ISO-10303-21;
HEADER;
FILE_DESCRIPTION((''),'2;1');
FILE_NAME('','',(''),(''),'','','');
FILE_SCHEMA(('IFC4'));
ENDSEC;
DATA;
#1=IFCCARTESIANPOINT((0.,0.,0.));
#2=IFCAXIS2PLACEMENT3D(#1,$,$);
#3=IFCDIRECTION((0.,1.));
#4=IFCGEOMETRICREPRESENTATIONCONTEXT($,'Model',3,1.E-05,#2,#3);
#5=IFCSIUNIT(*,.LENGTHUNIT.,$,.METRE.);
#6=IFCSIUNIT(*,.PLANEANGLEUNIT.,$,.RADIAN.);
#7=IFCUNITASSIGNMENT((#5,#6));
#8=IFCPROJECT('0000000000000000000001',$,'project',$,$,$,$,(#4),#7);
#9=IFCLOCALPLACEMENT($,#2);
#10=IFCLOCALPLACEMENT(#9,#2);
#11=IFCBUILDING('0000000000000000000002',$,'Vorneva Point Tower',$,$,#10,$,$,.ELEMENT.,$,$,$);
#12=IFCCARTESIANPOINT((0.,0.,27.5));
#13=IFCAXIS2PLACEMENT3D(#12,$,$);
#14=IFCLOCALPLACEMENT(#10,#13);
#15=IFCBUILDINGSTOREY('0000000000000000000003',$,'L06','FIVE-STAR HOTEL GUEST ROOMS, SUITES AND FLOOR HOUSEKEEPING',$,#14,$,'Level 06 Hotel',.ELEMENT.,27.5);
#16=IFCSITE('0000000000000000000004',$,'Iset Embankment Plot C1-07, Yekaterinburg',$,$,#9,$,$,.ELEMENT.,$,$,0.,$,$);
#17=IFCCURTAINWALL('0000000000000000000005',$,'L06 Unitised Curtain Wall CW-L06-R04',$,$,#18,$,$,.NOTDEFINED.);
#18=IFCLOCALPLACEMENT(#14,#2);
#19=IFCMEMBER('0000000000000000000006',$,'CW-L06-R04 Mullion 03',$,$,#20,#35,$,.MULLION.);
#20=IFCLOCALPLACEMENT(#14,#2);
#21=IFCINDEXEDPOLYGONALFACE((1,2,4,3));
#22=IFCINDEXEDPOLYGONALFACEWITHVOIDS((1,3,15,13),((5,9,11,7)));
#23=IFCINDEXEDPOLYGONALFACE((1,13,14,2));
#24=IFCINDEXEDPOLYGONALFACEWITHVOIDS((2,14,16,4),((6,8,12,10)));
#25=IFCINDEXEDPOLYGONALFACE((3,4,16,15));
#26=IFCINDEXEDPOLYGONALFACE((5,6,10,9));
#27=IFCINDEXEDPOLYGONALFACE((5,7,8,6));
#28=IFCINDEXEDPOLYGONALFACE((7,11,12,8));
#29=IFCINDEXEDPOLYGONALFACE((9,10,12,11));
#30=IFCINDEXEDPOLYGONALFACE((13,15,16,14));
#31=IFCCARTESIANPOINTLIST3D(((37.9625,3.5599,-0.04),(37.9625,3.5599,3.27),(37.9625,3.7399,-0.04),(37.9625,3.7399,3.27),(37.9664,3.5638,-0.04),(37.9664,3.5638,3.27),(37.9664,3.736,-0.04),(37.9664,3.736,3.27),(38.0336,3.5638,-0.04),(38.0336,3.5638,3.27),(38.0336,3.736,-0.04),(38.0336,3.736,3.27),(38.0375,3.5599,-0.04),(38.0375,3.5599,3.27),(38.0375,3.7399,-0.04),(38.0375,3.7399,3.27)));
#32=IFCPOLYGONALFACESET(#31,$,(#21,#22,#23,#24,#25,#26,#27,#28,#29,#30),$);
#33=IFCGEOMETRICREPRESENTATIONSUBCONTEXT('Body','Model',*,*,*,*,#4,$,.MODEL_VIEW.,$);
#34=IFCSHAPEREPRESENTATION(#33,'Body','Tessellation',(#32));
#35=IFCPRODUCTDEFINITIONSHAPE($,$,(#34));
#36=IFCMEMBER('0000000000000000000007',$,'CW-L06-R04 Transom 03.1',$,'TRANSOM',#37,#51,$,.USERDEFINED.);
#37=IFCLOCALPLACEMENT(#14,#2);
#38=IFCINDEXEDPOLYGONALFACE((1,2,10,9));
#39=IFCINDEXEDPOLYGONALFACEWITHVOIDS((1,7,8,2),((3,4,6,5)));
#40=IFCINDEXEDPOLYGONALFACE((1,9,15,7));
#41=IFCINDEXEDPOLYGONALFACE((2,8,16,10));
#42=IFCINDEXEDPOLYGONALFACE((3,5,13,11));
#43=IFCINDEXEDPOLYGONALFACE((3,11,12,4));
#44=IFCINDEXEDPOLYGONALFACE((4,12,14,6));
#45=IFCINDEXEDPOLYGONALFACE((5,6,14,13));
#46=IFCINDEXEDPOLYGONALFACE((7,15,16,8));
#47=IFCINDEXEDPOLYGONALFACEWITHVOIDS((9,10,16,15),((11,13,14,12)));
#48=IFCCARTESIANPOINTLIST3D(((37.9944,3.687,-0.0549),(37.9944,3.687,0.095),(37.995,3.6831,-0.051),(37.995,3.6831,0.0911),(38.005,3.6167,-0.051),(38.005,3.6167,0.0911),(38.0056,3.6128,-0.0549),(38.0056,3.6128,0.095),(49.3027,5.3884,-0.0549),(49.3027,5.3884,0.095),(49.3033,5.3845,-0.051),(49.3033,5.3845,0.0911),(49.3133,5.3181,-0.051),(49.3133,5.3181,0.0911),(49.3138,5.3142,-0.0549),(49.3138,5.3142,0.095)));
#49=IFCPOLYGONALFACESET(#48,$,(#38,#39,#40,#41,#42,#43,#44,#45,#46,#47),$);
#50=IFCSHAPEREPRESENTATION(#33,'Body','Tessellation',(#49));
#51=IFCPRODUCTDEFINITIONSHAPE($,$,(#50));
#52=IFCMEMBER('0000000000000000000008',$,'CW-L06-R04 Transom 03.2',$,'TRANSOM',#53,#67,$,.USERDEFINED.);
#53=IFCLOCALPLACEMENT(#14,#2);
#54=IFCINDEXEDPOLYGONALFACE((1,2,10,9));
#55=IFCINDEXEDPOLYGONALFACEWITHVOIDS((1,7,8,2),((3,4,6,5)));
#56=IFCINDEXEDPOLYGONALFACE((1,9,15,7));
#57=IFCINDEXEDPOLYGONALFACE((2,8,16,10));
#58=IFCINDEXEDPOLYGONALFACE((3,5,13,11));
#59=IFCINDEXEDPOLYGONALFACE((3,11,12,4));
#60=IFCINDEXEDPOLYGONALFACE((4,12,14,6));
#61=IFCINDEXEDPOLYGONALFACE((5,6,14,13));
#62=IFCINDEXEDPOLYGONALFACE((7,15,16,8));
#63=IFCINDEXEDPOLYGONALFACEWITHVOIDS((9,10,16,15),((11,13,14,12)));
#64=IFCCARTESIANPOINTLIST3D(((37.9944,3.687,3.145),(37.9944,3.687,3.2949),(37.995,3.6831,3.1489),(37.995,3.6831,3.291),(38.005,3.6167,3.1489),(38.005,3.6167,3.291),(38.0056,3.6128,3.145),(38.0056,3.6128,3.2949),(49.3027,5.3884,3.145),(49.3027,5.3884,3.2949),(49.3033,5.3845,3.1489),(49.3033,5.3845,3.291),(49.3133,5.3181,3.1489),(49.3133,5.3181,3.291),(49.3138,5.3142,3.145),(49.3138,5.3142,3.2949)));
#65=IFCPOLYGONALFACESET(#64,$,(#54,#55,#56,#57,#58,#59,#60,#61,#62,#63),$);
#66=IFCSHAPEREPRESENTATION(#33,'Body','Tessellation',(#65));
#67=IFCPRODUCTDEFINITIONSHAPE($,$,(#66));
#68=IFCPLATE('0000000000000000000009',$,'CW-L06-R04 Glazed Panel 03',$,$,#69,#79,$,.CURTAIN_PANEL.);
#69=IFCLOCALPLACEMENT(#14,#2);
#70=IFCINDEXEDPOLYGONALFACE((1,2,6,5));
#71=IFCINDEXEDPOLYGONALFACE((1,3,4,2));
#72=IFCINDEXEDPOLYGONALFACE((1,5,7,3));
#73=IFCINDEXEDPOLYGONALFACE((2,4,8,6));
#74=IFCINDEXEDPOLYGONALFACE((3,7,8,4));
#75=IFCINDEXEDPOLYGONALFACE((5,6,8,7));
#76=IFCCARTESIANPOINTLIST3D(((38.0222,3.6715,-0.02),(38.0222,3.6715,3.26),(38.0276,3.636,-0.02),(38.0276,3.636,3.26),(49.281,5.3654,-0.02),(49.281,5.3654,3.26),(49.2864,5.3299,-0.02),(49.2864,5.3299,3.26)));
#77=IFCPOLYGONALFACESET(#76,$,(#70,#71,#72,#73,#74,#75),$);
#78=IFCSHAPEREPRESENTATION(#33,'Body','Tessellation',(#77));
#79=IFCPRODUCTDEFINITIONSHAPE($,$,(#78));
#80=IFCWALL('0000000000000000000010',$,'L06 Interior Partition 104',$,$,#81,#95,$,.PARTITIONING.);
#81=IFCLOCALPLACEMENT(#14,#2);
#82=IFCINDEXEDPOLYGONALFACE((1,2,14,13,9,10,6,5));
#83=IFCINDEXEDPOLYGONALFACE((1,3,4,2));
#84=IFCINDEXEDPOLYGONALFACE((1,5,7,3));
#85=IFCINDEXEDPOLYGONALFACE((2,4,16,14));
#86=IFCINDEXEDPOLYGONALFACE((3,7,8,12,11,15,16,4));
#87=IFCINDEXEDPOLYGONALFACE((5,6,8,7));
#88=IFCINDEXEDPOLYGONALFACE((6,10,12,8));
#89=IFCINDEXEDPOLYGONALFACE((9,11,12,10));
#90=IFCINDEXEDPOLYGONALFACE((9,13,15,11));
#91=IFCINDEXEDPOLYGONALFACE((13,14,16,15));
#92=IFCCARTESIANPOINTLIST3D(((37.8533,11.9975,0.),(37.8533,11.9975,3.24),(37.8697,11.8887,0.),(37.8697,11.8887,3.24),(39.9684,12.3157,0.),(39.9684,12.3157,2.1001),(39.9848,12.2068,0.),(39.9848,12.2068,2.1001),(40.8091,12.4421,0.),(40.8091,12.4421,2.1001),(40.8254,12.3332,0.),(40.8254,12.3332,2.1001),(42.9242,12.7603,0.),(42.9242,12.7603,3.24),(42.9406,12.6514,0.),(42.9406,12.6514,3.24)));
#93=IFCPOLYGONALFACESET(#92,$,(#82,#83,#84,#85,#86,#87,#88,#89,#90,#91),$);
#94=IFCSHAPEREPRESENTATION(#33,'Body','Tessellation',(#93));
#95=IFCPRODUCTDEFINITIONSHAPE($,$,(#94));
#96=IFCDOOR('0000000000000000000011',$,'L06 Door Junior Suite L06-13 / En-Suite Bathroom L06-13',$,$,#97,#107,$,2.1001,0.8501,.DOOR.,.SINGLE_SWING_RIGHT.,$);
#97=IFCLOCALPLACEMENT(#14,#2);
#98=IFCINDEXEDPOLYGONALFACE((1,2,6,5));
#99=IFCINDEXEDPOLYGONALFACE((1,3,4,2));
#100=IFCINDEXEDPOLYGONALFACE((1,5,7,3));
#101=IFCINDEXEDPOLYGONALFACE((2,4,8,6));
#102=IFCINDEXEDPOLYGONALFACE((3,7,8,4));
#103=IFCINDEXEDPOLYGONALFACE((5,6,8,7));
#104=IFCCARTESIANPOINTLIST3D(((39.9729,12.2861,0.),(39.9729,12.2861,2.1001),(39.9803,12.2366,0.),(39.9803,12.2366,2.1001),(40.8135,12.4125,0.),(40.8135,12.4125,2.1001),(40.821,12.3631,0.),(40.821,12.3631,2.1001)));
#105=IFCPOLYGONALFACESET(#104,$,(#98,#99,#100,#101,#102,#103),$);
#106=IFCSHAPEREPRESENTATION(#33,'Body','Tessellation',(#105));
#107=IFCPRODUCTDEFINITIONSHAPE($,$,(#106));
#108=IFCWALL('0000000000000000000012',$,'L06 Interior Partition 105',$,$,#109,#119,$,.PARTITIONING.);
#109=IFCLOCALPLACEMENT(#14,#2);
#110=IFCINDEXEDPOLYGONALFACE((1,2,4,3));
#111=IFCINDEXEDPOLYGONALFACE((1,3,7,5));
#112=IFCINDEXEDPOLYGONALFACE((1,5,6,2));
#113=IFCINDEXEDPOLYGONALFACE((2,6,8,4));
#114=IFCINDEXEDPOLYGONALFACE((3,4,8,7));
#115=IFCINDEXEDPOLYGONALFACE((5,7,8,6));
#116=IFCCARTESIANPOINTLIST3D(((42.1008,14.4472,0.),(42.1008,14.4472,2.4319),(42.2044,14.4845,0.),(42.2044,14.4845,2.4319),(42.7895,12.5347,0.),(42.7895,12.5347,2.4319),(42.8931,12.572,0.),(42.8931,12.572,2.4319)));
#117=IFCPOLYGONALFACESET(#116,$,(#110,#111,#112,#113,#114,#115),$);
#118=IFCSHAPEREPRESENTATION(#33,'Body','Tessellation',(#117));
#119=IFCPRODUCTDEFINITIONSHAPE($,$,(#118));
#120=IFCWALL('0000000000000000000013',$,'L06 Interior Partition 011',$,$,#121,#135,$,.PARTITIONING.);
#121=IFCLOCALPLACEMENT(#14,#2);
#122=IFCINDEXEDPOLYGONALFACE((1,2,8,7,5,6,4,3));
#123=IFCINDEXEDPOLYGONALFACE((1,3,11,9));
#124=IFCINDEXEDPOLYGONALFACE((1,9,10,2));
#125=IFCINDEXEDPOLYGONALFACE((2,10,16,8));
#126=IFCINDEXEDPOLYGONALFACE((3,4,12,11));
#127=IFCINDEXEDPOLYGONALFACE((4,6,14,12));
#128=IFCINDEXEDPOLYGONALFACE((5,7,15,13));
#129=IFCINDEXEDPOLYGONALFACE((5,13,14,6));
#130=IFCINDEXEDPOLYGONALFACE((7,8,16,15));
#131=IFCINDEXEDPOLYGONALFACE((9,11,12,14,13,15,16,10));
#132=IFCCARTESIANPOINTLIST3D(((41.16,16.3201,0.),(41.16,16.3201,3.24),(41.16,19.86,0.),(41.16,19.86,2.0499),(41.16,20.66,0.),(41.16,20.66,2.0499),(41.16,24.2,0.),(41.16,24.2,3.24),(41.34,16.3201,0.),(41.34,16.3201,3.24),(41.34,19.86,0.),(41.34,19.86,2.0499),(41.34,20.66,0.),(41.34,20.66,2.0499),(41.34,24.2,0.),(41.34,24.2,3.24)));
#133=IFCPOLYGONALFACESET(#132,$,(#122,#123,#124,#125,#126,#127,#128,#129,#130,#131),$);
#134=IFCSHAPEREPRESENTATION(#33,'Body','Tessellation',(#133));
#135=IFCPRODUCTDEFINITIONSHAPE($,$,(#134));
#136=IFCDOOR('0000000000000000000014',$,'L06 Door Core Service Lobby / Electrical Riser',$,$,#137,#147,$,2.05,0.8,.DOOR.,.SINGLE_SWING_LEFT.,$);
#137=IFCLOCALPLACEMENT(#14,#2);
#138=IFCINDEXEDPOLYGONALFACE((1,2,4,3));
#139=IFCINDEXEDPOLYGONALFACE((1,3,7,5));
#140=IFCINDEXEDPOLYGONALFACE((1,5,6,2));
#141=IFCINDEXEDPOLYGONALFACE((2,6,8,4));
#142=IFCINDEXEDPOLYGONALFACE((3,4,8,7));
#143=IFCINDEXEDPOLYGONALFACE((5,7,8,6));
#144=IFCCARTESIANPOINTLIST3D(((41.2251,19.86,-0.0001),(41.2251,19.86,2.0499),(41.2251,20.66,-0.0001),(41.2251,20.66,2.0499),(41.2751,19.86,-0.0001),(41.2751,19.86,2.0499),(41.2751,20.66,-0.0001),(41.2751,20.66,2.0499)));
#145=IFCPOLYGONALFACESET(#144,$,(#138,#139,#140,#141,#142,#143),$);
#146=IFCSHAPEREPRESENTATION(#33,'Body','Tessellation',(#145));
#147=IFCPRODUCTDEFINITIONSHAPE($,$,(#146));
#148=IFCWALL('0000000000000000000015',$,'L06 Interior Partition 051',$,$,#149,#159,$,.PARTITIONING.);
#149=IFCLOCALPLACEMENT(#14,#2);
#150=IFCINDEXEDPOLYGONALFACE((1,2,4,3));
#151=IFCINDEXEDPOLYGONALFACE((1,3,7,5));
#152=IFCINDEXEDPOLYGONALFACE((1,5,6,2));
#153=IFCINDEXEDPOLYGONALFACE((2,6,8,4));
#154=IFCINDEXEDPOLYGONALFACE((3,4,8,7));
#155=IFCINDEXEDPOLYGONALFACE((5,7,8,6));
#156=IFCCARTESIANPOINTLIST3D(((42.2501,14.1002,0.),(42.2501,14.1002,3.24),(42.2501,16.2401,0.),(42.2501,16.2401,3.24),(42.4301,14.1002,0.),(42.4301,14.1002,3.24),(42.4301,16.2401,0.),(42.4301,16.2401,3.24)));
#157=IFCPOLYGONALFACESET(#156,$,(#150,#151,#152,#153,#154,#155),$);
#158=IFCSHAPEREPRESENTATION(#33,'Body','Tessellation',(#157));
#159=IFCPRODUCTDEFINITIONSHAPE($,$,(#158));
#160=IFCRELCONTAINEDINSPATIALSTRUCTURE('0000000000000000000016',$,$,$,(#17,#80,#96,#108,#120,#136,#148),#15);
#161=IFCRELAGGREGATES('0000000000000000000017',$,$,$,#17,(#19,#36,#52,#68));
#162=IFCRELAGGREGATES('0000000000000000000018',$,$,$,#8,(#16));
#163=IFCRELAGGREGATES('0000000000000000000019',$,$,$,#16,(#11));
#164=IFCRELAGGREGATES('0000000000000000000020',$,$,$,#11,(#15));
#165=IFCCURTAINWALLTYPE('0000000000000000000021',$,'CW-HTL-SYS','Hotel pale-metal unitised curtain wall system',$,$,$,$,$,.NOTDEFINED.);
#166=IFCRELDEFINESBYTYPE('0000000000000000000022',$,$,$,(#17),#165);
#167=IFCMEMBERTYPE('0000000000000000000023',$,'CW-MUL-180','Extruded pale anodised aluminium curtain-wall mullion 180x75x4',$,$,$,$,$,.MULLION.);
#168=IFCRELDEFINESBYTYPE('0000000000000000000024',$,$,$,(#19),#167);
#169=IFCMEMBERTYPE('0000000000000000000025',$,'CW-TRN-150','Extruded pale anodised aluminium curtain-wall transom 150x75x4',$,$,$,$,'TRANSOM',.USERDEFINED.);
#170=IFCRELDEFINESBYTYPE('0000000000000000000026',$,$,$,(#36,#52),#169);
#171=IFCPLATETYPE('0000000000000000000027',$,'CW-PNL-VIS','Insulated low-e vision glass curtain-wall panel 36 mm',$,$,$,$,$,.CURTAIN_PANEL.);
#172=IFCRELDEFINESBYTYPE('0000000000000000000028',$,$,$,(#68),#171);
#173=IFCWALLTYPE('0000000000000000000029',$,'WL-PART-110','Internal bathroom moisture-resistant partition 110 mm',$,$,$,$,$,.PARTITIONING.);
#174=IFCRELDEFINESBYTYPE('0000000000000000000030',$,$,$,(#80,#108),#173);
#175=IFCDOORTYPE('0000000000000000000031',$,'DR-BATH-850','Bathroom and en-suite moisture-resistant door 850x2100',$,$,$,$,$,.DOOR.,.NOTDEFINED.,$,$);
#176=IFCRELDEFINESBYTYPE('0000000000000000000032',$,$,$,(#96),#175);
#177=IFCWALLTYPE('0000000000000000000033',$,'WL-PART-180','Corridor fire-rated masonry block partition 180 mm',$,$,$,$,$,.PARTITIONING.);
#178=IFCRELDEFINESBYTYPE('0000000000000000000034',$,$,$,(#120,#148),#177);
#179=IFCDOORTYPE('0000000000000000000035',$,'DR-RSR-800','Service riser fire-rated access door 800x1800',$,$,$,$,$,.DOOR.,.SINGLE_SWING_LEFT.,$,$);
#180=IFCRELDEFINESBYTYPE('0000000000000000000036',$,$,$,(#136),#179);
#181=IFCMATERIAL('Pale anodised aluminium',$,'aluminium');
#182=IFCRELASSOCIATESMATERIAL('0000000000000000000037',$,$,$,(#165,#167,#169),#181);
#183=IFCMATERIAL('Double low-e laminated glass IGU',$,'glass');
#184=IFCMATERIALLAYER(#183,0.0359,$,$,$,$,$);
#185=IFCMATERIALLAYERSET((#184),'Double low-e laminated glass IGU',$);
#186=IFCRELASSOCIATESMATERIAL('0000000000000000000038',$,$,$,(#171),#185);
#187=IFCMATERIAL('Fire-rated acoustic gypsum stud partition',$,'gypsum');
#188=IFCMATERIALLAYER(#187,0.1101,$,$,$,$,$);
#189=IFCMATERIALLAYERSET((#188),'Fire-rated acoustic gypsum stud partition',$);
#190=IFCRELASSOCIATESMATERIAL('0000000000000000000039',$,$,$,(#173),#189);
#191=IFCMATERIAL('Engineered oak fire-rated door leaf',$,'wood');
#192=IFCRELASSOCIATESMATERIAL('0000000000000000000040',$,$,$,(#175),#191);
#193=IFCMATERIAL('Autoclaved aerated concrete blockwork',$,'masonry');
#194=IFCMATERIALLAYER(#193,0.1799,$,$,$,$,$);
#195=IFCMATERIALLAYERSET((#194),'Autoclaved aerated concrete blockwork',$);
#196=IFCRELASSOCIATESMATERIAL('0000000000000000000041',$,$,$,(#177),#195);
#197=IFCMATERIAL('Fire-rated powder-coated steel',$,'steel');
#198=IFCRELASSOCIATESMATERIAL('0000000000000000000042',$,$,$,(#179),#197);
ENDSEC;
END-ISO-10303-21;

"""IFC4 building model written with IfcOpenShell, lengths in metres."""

from ifc_helpers import new_model, si_unit, direction, frame, frame_2d, origin, origin_2d, place, context, subcontext, project, spatial, rectangle, hollow_rectangle, extrude, material, layer, layer_set, material_profile, profile_set, type_object, element, fill, aggregate, save


model = new_model("IFC4")

# Units and contexts
model_context = context("Model", 3, precision=1e-05, world=origin(), true_north=direction((0.0, 1.0)))
body_context = subcontext(model_context, "Body", "Model", "MODEL_VIEW")
ifc_project = project(units=[si_unit("LENGTHUNIT", "METRE"), si_unit("PLANEANGLEUNIT", "RADIAN")], contexts=[model_context])

# Site, building, storey
site_placement = place(None, origin())
site = spatial("IfcSite", under=ifc_project, at=site_placement, Name="Iset Embankment Plot C1-07, Yekaterinburg", CompositionType="ELEMENT", RefElevation=0.0)
building_placement = place(site_placement, origin())
building = spatial("IfcBuilding", under=site, at=building_placement, Name="Vorneva Point Tower", CompositionType="ELEMENT")
storey_placement = place(building_placement, frame((0.0, 0.0, 27.5)))
storey = spatial("IfcBuildingStorey", under=building, at=storey_placement, Name="L06", Description="FIVE-STAR HOTEL GUEST ROOMS, SUITES AND FLOOR HOUSEKEEPING", LongName="Level 06 Hotel", CompositionType="ELEMENT", Elevation=27.5)

# Curtain wall, members, plate
ifc_material_1 = material(Name="Pale anodised aluminium", Category="aluminium")
curtain_wall_type = type_object("IfcCurtainWallType", Name="CW-HTL-SYS", Description="Hotel pale-metal unitised curtain wall system", PredefinedType="NOTDEFINED", material=ifc_material_1)
curtain_wall_placement = place(storey_placement, origin())
curtain_wall = element("IfcCurtainWall", 1, at=curtain_wall_placement, inside=storey, type_object=curtain_wall_type, Name="L06 Unitised Curtain Wall CW-L06-R04", PredefinedType="NOTDEFINED")
ifc_material_profile_1 = material_profile(ifc_material_1, hollow_rectangle(XDim=0.075, YDim=0.1799, WallThickness=0.0039, at=origin_2d()), Name="AL-MUL 180x75x4")
ifc_profile_set_1 = profile_set([ifc_material_profile_1], Name="Pale anodised aluminium")
member_type_1 = type_object("IfcMemberType", Name="CW-MUL-180", Description="Extruded pale anodised aluminium curtain-wall mullion 180x75x4", PredefinedType="MULLION", material=ifc_profile_set_1)
member_1_placement = place(storey_placement, frame((38.0, 3.6499, -0.04), z_axis=(0.0, 0.0, 1.0), x_axis=(1.0, 0.0, 0.0)))
member_1 = element("IfcMember", 2, at=member_1_placement, type_object=member_type_1, Name="CW-L06-R04 Mullion 03", PredefinedType="MULLION", context=body_context, shape_type="SweptSolid", body=[
    extrude(hollow_rectangle(XDim=0.075, YDim=0.1799, WallThickness=0.0039, at=origin_2d()), origin(), (0.0, 0.0, 1.0), 3.3101),
])
ifc_material_profile_2 = material_profile(ifc_material_1, hollow_rectangle(XDim=0.075, YDim=0.1499, WallThickness=0.0039, at=origin_2d()), Name="AL-TRN 150x75x4")
ifc_profile_set_2 = profile_set([ifc_material_profile_2], Name="Pale anodised aluminium")
member_type_2 = type_object("IfcMemberType", Name="CW-TRN-150", Description="Extruded pale anodised aluminium curtain-wall transom 150x75x4", ElementType="TRANSOM", PredefinedType="USERDEFINED", material=ifc_profile_set_2)
member_2_placement = place(storey_placement, frame((38.0, 3.6499, 0.02), z_axis=(0.98887, 0.148782, 0.0), x_axis=(-0.148782, 0.98887, 0.0)))
member_2 = element("IfcMember", 3, at=member_2_placement, type_object=member_type_2, Name="CW-L06-R04 Transom 03.1", ObjectType="TRANSOM", PredefinedType="USERDEFINED", context=body_context, shape_type="SweptSolid", body=[
    extrude(hollow_rectangle(XDim=0.075, YDim=0.1499, WallThickness=0.0039, at=origin_2d()), origin(), (0.0, 0.0, 1.0), 11.4355),
])
member_3_placement = place(storey_placement, frame((38.0, 3.6499, 3.22), z_axis=(0.98887, 0.148782, 0.0), x_axis=(-0.148782, 0.98887, 0.0)))
member_3 = element("IfcMember", 4, at=member_3_placement, type_object=member_type_2, Name="CW-L06-R04 Transom 03.2", ObjectType="TRANSOM", PredefinedType="USERDEFINED", context=body_context, shape_type="SweptSolid", body=[
    extrude(hollow_rectangle(XDim=0.075, YDim=0.1499, WallThickness=0.0039, at=origin_2d()), origin(), (0.0, 0.0, 1.0), 11.4355),
])
ifc_material_2 = material(Name="Double low-e laminated glass IGU", Category="glass")
ifc_layer_1 = layer(ifc_material_2, 0.0359)
ifc_layer_set_1 = layer_set([ifc_layer_1], Name="Double low-e laminated glass IGU")
plate_type = type_object("IfcPlateType", Name="CW-PNL-VIS", Description="Insulated low-e vision glass curtain-wall panel 36 mm", PredefinedType="CURTAIN_PANEL", material=ifc_layer_set_1)
plate_placement = place(storey_placement, frame((43.6543, 4.5007, -0.02), z_axis=(0.0, 0.0, 1.0), x_axis=(0.988871, 0.148776, 0.0)))
plate = element("IfcPlate", 5, at=plate_placement, type_object=plate_type, Name="CW-L06-R04 Glazed Panel 03", PredefinedType="CURTAIN_PANEL", context=body_context, shape_type="SweptSolid", body=[
    extrude(rectangle(XDim=11.3855, YDim=0.0359, at=origin_2d()), origin(), (0.0, 0.0, 1.0), 3.28),
])
aggregate(curtain_wall, [member_1, member_2, member_3, plate])

# Wall, opening, door
ifc_material_3 = material(Name="Fire-rated acoustic gypsum stud partition", Category="gypsum")
ifc_layer_2 = layer(ifc_material_3, 0.1101)
ifc_layer_set_2 = layer_set([ifc_layer_2], Name="Fire-rated acoustic gypsum stud partition")
wall_type_1 = type_object("IfcWallType", Name="WL-PART-110", Description="Internal bathroom moisture-resistant partition 110 mm", PredefinedType="PARTITIONING", material=ifc_layer_set_2)
wall_1_placement = place(storey_placement, frame((42.9324, 12.7058, 0.0), z_axis=(0.0, 0.0, 1.0), x_axis=(-0.988877, -0.148736, 0.0)))
wall_1 = element("IfcWall", 6, at=wall_1_placement, inside=storey, type_object=wall_type_1, Name="L06 Interior Partition 104", PredefinedType="PARTITIONING", context=body_context, shape_type="SweptSolid", body=[
    extrude(rectangle(XDim=5.1279, YDim=0.1101, at=frame_2d((2.564, 0.0))), origin(), (0.0, 0.0, 1.0), 3.24),
])
opening_1_placement = place(wall_1_placement, frame((2.1389, 0.0, 0.0)))
opening_1 = element("IfcOpeningElement", 7, at=opening_1_placement, cuts=wall_1, PredefinedType="OPENING", context=body_context, shape_type="SweptSolid", body=[
    extrude(rectangle(XDim=0.8501, YDim=2.1001, at=frame_2d((0.425, 1.05))), frame((0.0, 0.0698, 0.0), z_axis=(0.0, -1.0, 0.0), x_axis=(1.0, 0.0, 0.0)), (0.0, 0.0, 1.0), 0.1399),
])
ifc_material_4 = material(Name="Engineered oak fire-rated door leaf", Category="wood")
door_type_1 = type_object("IfcDoorType", Name="DR-BATH-850", Description="Bathroom and en-suite moisture-resistant door 850x2100", OperationType="NOTDEFINED", PredefinedType="DOOR", material=ifc_material_4)
door_1_placement = place(opening_1_placement, origin())
door_1 = element("IfcDoor", 8, at=door_1_placement, inside=storey, type_object=door_type_1, Name="L06 Door Junior Suite L06-13 / En-Suite Bathroom L06-13", OperationType="SINGLE_SWING_RIGHT", OverallHeight=2.1001, OverallWidth=0.8501, PredefinedType="DOOR", context=body_context, shape_type="SweptSolid", body=[
    extrude(rectangle(XDim=0.8501, YDim=2.1001, at=frame_2d((0.425, 1.05))), frame((0.0, 0.0249, 0.0), z_axis=(0.0, -1.0, 0.0), x_axis=(1.0, 0.0, 0.0)), (0.0, 0.0, 1.0), 0.05),
])
fill(opening_1, door_1)

# Wall
wall_2_placement = place(storey_placement, frame((42.1526, 14.4658, 0.0), z_axis=(0.0, 0.0, 1.0), x_axis=(0.3388, -0.940858, 0.0)))
element("IfcWall", 9, at=wall_2_placement, inside=storey, type_object=wall_type_1, Name="L06 Interior Partition 105", PredefinedType="PARTITIONING", context=body_context, shape_type="SweptSolid", body=[
    extrude(rectangle(XDim=2.0327, YDim=0.1101, at=frame_2d((1.0164, 0.0))), origin(), (0.0, 0.0, 1.0), 2.4319),
])

# Wall, opening, door
ifc_material_5 = material(Name="Autoclaved aerated concrete blockwork", Category="masonry")
ifc_layer_3 = layer(ifc_material_5, 0.1799)
ifc_layer_set_3 = layer_set([ifc_layer_3], Name="Autoclaved aerated concrete blockwork")
wall_type_2 = type_object("IfcWallType", Name="WL-PART-180", Description="Corridor fire-rated masonry block partition 180 mm", PredefinedType="PARTITIONING", material=ifc_layer_set_3)
wall_3_placement = place(storey_placement, frame((41.25, 16.3201, 0.0), z_axis=(0.0, 0.0, 1.0), x_axis=(0.0, 1.0, 0.0)))
wall_3 = element("IfcWall", 10, at=wall_3_placement, inside=storey, type_object=wall_type_2, Name="L06 Interior Partition 011", PredefinedType="PARTITIONING", context=body_context, shape_type="SweptSolid", body=[
    extrude(rectangle(XDim=7.8799, YDim=0.1799, at=frame_2d((3.9399, 0.0))), origin(), (0.0, 0.0, 1.0), 3.24),
])
opening_2_placement = place(wall_3_placement, frame((3.54, 0.0, 0.0)))
opening_2 = element("IfcOpeningElement", 11, at=opening_2_placement, cuts=wall_3, PredefinedType="OPENING", context=body_context, shape_type="SweptSolid", body=[
    extrude(rectangle(XDim=0.8, YDim=2.05, at=frame_2d((0.3999, 1.0249))), frame((0.0, 0.105, 0.0), z_axis=(0.0, -1.0, 0.0), x_axis=(1.0, 0.0, 0.0)), (0.0, 0.0, 1.0), 0.2097),
])
ifc_material_6 = material(Name="Fire-rated powder-coated steel", Category="steel")
door_type_2 = type_object("IfcDoorType", Name="DR-RSR-800", Description="Service riser fire-rated access door 800x1800", OperationType="SINGLE_SWING_LEFT", PredefinedType="DOOR", material=ifc_material_6)
door_2_placement = place(opening_2_placement, origin())
door_2 = element("IfcDoor", 12, at=door_2_placement, inside=storey, type_object=door_type_2, Name="L06 Door Core Service Lobby / Electrical Riser", OperationType="SINGLE_SWING_LEFT", OverallHeight=2.05, OverallWidth=0.8, PredefinedType="DOOR", context=body_context, shape_type="SweptSolid", body=[
    extrude(rectangle(XDim=0.8, YDim=2.05, at=frame_2d((0.3999, 1.0249))), frame((0.0, 0.0249, 0.0), z_axis=(0.0, -1.0, 0.0), x_axis=(1.0, 0.0, 0.0)), (0.0, 0.0, 1.0), 0.05),
])
fill(opening_2, door_2)

# Wall
wall_4_placement = place(storey_placement, frame((42.3401, 16.24, 0.0), z_axis=(0.0, 0.0, 1.0), x_axis=(0.0, -1.0, 0.0)))
element("IfcWall", 13, at=wall_4_placement, inside=storey, type_object=wall_type_2, Name="L06 Interior Partition 051", PredefinedType="PARTITIONING", context=body_context, shape_type="SweptSolid", body=[
    extrude(rectangle(XDim=2.1399, YDim=0.1799, at=frame_2d((1.0698, 0.0))), origin(), (0.0, 0.0, 1.0), 3.24),
])

save(model, "model.ifc")
